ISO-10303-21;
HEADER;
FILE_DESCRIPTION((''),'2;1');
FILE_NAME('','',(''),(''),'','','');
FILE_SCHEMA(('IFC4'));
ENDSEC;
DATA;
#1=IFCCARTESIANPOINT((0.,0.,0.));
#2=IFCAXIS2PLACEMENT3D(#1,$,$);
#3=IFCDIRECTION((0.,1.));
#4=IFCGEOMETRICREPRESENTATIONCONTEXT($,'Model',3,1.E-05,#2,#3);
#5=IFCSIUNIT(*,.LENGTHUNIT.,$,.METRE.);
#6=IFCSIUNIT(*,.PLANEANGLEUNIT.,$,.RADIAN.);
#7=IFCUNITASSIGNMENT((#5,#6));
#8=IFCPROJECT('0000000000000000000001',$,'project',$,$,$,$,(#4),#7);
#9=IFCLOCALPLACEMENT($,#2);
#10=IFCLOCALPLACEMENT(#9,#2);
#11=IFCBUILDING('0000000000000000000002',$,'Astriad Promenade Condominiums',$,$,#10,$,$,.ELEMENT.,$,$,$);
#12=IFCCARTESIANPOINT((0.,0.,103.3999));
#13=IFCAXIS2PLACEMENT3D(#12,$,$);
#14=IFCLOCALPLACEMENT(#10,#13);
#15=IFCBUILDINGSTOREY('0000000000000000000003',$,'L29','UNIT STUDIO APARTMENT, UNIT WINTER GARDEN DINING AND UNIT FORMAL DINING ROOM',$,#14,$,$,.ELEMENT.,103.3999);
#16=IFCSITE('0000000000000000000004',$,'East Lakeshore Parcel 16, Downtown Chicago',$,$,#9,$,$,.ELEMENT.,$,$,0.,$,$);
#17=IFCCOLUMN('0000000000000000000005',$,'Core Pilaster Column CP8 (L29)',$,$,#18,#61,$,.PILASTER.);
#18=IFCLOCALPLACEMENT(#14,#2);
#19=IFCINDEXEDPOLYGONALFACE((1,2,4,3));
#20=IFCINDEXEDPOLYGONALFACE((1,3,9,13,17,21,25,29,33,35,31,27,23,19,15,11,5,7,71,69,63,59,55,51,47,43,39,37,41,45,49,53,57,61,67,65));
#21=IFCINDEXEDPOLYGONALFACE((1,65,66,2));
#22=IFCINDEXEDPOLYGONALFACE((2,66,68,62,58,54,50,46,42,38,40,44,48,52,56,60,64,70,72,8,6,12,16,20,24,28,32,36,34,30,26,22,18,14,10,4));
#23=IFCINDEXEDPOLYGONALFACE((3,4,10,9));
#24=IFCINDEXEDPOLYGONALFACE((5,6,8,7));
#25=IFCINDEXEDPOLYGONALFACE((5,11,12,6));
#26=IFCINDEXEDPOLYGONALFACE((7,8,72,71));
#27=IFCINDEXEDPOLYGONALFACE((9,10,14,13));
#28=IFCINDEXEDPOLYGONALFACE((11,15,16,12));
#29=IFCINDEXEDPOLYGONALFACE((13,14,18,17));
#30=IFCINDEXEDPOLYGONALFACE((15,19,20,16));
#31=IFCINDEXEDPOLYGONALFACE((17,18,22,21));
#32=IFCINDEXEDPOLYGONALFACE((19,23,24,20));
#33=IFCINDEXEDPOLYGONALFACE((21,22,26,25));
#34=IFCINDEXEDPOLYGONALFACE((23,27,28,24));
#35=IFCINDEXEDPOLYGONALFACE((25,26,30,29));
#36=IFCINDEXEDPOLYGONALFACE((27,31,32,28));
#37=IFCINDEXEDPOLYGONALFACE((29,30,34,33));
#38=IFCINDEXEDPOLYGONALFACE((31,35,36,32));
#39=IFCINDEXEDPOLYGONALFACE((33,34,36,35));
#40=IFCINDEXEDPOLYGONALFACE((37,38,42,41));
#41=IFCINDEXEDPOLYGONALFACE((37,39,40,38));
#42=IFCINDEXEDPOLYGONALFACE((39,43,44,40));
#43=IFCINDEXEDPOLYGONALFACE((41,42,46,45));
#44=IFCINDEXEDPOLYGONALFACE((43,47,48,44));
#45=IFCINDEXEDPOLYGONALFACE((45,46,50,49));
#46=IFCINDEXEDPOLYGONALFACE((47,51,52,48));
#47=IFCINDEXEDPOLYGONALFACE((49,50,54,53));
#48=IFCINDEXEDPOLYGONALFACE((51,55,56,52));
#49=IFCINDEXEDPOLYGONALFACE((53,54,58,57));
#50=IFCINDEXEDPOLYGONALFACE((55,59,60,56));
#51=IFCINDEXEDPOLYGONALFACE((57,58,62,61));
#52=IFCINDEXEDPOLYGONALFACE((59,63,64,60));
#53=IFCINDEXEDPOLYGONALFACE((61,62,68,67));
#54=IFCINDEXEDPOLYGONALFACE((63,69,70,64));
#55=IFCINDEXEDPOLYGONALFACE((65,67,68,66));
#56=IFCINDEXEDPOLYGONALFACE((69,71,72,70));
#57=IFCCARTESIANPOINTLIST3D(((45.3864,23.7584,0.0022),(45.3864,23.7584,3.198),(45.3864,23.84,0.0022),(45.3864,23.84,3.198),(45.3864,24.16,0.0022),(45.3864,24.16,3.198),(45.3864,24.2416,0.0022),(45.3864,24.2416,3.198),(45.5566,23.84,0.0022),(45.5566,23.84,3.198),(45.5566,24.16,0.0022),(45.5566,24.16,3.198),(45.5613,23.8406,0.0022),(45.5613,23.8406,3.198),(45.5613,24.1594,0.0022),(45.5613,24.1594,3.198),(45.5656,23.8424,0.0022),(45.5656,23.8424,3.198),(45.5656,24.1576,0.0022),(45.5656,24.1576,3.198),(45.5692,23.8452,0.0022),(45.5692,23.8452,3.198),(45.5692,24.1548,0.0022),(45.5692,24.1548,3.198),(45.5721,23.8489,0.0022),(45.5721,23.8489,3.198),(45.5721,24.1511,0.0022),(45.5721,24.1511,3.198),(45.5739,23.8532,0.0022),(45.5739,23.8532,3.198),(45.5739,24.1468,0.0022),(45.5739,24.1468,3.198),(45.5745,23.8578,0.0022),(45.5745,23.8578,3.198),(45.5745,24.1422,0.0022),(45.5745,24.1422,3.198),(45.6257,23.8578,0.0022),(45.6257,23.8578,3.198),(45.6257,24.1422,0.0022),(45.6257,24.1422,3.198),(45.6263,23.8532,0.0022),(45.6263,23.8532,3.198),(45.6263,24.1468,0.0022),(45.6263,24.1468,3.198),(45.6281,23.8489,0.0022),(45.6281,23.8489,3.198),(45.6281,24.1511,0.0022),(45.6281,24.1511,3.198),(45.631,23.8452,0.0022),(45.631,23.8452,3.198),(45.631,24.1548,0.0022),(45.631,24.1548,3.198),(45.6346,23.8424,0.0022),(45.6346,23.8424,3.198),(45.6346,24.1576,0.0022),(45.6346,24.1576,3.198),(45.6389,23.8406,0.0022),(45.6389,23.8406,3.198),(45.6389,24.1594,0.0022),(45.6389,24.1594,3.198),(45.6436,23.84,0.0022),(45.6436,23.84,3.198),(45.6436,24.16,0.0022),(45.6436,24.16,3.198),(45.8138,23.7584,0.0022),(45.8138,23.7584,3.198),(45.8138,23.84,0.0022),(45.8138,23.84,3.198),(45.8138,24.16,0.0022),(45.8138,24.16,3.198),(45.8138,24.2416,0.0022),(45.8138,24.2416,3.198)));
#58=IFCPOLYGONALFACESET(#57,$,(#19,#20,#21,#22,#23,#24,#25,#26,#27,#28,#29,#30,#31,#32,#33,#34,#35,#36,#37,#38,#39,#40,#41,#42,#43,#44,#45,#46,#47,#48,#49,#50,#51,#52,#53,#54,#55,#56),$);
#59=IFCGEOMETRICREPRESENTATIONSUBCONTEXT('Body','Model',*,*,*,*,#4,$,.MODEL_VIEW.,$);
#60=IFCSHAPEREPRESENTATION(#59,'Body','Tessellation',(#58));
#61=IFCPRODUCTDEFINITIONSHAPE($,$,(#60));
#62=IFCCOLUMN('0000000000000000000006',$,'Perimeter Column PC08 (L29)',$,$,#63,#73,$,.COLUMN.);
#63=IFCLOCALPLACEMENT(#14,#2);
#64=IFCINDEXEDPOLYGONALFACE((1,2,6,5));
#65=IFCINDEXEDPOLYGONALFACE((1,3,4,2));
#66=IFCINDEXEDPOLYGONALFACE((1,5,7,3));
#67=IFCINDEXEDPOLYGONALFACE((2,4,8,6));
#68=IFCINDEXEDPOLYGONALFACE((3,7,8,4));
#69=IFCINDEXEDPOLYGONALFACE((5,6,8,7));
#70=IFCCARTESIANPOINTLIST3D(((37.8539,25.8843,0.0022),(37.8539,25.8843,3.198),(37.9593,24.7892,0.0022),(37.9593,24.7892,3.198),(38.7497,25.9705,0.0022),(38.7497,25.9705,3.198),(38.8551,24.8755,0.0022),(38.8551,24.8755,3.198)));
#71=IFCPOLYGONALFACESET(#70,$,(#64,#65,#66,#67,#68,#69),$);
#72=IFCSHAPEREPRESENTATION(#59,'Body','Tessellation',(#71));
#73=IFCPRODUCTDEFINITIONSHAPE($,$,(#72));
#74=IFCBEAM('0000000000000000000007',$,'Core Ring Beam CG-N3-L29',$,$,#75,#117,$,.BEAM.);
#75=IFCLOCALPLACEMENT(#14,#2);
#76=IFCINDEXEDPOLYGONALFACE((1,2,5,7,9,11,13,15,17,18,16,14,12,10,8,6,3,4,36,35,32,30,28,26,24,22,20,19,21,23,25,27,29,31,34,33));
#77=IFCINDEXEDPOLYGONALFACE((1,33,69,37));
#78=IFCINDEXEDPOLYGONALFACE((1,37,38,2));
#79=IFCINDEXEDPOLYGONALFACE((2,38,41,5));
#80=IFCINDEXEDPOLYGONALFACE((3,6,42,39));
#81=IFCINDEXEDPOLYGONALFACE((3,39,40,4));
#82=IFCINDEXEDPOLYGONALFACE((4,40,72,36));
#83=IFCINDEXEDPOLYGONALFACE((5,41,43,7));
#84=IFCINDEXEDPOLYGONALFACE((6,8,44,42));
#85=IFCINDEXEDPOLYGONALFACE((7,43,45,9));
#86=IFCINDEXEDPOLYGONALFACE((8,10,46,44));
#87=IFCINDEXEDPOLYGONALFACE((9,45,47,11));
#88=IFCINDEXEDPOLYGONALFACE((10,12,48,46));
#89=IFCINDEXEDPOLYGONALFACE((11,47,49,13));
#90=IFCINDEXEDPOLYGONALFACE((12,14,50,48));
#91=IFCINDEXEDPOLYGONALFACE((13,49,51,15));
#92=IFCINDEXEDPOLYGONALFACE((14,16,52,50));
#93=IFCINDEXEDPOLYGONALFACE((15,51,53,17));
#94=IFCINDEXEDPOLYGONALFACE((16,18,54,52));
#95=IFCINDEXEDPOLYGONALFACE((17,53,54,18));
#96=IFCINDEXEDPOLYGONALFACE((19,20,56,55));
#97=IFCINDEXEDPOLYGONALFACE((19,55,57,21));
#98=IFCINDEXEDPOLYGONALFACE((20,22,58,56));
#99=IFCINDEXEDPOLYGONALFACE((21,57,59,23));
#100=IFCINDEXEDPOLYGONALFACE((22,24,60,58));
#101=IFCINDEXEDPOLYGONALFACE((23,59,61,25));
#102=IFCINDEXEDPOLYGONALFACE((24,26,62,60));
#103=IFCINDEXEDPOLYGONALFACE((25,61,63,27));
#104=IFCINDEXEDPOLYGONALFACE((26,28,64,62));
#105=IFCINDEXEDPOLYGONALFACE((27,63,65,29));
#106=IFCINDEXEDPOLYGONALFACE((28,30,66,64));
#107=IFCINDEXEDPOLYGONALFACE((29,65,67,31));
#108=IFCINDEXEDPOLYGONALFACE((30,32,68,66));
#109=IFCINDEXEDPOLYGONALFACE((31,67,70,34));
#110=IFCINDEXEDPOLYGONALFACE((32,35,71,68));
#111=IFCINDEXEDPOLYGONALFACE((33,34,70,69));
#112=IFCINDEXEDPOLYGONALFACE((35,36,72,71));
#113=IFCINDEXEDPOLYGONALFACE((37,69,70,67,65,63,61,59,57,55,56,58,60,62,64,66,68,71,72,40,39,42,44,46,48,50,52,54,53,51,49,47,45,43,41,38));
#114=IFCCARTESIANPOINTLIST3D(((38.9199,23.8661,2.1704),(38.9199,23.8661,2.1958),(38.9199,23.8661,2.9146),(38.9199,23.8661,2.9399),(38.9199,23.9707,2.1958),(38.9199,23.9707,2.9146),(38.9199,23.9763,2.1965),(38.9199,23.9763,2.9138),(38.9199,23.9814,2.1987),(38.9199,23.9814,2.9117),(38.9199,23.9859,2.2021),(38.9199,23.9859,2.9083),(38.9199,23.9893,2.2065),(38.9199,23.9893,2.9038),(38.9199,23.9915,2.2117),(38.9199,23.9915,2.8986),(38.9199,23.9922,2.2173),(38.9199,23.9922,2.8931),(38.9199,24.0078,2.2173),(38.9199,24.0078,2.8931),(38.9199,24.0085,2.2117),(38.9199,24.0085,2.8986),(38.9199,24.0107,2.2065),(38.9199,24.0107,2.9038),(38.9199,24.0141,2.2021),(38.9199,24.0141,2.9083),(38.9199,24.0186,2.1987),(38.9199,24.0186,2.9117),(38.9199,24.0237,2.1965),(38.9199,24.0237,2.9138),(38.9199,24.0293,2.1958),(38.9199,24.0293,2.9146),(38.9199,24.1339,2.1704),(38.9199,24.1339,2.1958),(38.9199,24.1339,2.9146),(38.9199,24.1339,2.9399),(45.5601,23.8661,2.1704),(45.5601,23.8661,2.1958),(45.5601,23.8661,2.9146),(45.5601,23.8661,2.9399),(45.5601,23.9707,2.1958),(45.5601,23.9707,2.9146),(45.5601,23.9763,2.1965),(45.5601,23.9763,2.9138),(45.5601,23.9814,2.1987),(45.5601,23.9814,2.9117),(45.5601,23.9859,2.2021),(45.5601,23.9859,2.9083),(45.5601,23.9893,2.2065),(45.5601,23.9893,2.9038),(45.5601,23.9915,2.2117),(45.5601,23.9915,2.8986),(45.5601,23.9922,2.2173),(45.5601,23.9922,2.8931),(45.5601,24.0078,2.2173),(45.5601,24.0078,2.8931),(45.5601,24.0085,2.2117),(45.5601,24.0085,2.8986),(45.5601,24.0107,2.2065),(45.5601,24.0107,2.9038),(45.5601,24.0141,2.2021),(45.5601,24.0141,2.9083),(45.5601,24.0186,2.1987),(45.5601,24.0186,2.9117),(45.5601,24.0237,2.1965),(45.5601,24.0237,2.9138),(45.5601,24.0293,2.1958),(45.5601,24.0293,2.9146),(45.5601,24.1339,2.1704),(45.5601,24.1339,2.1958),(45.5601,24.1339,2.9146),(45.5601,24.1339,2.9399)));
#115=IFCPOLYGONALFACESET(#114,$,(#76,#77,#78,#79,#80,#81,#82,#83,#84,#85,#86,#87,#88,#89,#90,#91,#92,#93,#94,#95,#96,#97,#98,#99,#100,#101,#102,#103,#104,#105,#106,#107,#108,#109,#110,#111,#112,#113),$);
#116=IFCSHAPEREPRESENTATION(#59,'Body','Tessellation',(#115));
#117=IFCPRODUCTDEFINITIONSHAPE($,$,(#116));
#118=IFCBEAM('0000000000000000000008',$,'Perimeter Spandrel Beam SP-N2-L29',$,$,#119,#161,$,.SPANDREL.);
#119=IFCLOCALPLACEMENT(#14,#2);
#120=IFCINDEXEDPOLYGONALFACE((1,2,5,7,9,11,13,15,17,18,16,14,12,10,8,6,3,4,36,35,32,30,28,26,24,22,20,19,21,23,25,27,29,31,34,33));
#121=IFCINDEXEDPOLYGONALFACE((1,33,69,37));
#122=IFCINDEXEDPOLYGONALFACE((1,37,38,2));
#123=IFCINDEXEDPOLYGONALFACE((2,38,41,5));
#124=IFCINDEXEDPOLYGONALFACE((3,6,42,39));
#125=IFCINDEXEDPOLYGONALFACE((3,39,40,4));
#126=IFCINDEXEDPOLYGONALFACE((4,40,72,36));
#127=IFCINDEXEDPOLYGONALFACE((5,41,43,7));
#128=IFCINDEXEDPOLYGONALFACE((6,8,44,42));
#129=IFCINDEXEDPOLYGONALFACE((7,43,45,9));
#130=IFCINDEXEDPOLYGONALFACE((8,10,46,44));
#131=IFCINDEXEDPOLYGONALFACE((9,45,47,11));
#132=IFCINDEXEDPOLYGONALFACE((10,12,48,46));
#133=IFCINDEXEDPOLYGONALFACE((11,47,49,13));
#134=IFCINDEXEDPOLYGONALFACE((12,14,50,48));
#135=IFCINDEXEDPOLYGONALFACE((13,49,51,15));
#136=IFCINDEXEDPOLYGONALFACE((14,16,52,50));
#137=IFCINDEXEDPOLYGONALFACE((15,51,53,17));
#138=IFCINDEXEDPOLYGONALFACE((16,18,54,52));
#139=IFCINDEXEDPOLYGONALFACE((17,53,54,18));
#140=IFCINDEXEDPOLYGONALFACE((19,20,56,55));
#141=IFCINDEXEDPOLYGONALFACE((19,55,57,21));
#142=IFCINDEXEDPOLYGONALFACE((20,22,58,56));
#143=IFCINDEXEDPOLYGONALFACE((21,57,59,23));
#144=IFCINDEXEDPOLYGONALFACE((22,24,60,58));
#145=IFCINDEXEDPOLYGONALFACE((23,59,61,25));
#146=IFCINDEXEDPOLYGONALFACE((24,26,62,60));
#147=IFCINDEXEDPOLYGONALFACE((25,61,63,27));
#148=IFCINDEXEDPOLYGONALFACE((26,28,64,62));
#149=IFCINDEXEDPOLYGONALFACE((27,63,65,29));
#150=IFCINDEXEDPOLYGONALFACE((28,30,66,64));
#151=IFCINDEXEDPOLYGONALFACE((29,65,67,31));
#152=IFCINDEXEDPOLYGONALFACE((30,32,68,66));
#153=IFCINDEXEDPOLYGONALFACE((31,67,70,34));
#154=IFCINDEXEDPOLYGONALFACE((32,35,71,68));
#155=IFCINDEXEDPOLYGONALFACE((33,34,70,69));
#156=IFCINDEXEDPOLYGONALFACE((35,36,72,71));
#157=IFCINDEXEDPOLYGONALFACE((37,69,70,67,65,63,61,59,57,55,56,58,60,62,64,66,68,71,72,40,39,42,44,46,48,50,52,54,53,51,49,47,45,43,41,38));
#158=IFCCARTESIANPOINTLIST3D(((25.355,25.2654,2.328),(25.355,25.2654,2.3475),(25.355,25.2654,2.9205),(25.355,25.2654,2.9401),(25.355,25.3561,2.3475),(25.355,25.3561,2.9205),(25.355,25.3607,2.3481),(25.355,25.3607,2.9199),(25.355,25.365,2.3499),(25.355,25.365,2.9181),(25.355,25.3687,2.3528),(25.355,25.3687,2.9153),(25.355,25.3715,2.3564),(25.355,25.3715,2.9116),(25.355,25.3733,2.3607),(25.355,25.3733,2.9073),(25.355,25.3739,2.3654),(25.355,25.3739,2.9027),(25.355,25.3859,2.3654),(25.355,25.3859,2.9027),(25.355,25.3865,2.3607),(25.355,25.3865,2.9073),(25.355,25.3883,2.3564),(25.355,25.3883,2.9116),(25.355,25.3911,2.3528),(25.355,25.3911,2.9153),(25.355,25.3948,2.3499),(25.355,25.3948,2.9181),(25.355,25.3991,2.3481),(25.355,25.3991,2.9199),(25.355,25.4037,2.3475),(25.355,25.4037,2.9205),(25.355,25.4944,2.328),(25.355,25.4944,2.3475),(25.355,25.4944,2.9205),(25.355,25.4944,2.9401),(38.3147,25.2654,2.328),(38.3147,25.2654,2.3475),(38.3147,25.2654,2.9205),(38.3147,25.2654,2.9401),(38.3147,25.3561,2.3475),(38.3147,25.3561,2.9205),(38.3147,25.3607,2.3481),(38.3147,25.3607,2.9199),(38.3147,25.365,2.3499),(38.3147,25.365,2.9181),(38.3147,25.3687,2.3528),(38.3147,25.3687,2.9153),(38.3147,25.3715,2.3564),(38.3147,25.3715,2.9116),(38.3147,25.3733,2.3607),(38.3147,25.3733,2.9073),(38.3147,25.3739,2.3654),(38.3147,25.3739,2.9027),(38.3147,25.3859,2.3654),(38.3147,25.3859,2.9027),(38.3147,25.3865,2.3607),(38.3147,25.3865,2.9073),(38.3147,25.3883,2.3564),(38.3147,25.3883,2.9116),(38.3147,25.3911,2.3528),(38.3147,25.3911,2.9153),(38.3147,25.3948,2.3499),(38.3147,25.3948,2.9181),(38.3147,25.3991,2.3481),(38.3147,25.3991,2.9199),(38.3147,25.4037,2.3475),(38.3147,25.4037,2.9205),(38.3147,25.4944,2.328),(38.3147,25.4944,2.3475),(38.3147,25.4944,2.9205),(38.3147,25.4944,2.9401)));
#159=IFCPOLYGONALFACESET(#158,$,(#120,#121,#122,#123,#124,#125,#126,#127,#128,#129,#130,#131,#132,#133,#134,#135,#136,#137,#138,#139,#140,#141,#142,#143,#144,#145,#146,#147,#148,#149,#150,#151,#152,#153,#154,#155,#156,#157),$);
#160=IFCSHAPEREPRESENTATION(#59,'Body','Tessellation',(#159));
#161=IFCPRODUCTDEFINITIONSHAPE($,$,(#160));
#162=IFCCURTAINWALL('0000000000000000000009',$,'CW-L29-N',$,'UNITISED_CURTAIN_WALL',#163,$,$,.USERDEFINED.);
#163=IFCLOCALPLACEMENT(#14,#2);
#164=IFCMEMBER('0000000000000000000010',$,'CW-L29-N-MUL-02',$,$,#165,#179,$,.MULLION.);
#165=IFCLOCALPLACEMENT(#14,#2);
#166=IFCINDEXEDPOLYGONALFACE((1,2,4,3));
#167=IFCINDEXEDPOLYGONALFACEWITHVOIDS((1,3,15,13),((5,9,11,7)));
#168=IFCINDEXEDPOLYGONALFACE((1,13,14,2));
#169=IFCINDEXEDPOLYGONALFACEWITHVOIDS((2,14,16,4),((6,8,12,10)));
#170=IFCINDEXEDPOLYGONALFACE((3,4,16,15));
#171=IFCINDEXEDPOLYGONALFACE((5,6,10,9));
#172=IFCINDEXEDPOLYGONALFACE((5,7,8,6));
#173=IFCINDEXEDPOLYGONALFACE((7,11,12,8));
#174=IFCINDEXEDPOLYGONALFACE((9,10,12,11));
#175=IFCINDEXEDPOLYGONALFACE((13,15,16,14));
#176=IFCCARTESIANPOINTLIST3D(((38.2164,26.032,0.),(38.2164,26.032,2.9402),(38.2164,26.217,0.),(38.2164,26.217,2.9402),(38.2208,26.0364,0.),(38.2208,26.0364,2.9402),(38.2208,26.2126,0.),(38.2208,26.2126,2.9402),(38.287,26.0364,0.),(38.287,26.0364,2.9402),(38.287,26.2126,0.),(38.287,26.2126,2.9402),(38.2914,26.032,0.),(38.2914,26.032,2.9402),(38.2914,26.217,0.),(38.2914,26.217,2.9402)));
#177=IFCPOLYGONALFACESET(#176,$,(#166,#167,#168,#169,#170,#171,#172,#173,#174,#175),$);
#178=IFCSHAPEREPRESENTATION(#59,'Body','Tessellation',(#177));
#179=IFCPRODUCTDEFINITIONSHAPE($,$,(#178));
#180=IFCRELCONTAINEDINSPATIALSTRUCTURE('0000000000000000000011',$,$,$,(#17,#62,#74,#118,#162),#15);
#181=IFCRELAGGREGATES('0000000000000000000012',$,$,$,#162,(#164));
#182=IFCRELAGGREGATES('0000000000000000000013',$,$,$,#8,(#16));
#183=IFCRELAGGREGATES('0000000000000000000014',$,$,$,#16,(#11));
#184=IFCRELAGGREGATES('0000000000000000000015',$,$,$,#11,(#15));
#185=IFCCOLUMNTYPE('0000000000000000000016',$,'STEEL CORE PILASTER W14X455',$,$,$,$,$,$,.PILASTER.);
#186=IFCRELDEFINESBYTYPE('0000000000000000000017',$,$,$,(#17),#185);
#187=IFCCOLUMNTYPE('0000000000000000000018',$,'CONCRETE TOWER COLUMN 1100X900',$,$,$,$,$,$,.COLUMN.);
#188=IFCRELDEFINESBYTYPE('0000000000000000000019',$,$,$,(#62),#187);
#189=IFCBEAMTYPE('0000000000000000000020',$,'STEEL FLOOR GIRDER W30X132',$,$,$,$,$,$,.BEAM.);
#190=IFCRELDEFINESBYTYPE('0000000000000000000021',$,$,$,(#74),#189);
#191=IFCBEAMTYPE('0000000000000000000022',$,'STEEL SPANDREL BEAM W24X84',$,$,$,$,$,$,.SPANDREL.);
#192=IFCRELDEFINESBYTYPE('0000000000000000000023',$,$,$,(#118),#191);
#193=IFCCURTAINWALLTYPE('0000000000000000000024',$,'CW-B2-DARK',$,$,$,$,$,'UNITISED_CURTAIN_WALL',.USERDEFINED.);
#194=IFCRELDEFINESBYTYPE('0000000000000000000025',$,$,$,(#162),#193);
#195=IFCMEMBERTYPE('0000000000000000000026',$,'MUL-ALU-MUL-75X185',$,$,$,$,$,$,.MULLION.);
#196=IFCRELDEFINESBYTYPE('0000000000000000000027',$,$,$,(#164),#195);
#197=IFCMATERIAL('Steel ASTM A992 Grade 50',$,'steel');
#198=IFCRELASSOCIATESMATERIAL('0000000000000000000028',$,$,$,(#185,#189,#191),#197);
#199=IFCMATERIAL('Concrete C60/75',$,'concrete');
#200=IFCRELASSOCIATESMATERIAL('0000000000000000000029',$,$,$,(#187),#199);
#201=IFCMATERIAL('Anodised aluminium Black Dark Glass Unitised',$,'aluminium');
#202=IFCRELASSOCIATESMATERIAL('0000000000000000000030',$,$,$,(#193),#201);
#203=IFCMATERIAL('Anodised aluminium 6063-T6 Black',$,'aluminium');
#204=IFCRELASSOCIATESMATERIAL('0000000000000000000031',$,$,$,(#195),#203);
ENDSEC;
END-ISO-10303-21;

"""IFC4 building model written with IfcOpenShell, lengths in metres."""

from ifc_helpers import new_model, si_unit, direction, frame, origin, origin_2d, place, context, subcontext, project, spatial, rectangle, hollow_rectangle, i_section, extrude, source, transform, mapped, material, material_profile, profile_set, type_object, type_shapes, element, aggregate, save


model = new_model("IFC4")

# Units and contexts
model_context = context("Model", 3, precision=1e-05, world=origin(), true_north=direction((0.0, 1.0)))
body_context = subcontext(model_context, "Body", "Model", "MODEL_VIEW")
ifc_project = project(units=[si_unit("LENGTHUNIT", "METRE"), si_unit("PLANEANGLEUNIT", "RADIAN")], contexts=[model_context])

# Site, building, storey
site_placement = place(None, origin())
site = spatial("IfcSite", under=ifc_project, at=site_placement, Name="East Lakeshore Parcel 16, Downtown Chicago", CompositionType="ELEMENT", RefElevation=0.0)
building_placement = place(site_placement, origin())
building = spatial("IfcBuilding", under=site, at=building_placement, Name="Astriad Promenade Condominiums", CompositionType="ELEMENT")
storey_placement = place(building_placement, frame((0.0, 0.0, 103.3999)))
storey = spatial("IfcBuildingStorey", under=building, at=storey_placement, Name="L29", Description="UNIT STUDIO APARTMENT, UNIT WINTER GARDEN DINING AND UNIT FORMAL DINING ROOM", CompositionType="ELEMENT", Elevation=103.3999)

# Columns
ifc_material_1 = material(Name="Steel ASTM A992 Grade 50", Category="steel")
ifc_material_profile_1 = material_profile(ifc_material_1, i_section(OverallWidth=0.4275, OverallDepth=0.4832, WebThickness=0.0513, FlangeThickness=0.0815, FilletRadius=0.0178, at=origin_2d()), Name="W14X455")
ifc_profile_set_1 = profile_set([ifc_material_profile_1], Name="Steel ASTM A992 Grade 50")
column_type_1 = type_object("IfcColumnType", Name="STEEL CORE PILASTER W14X455", PredefinedType="PILASTER", material=ifc_profile_set_1)
shared_shape_1 = source(origin(), body_context, "Body", "SweptSolid", [
    extrude(i_section(OverallWidth=0.4275, OverallDepth=0.4832, WebThickness=0.0513, FlangeThickness=0.0815, FilletRadius=0.0178, at=origin_2d()), origin(), (0.0, 0.0, 1.0), 3.1958),
])
type_shapes(column_type_1, [shared_shape_1])
column_1_placement = place(storey_placement, frame((45.6001, 24.0, 0.0022), z_axis=(0.0, 0.0, 1.0), x_axis=(1.0, 0.0, 0.0)))
element("IfcColumn", 1, at=column_1_placement, inside=storey, type_object=column_type_1, Name="Core Pilaster Column CP8 (L29)", PredefinedType="PILASTER", context=body_context, shape_type="MappedRepresentation", body=[
    mapped(shared_shape_1, transform((0.0, 0.0, 0.0), scale=1.0)),
])
ifc_material_2 = material(Name="Concrete C60/75", Category="concrete")
ifc_material_profile_2 = material_profile(ifc_material_2, rectangle(XDim=0.8999, YDim=1.1001, at=origin_2d()), Name="RC-COL-1100X900")
ifc_profile_set_2 = profile_set([ifc_material_profile_2], Name="Concrete C60/75")
column_type_2 = type_object("IfcColumnType", Name="CONCRETE TOWER COLUMN 1100X900", PredefinedType="COLUMN", material=ifc_profile_set_2)
shared_shape_2 = source(origin(), body_context, "Body", "SweptSolid", [
    extrude(rectangle(XDim=0.8999, YDim=1.1001, at=origin_2d()), origin(), (0.0, 0.0, 1.0), 3.1958),
])
type_shapes(column_type_2, [shared_shape_2])
column_2_placement = place(storey_placement, frame((38.3545, 25.3799, 0.0022), z_axis=(0.0, 0.0, 1.0), x_axis=(0.995396, 0.095846, 0.0)))
element("IfcColumn", 2, at=column_2_placement, inside=storey, type_object=column_type_2, Name="Perimeter Column PC08 (L29)", PredefinedType="COLUMN", context=body_context, shape_type="MappedRepresentation", body=[
    mapped(shared_shape_2, transform((0.0, 0.0, 0.0), scale=1.0)),
])

# Beams
ifc_material_profile_3 = material_profile(ifc_material_1, i_section(OverallWidth=0.2678, OverallDepth=0.7695, WebThickness=0.0156, FlangeThickness=0.0254, FilletRadius=0.0215, at=origin_2d()), Name="W30X132")
ifc_profile_set_3 = profile_set([ifc_material_profile_3], Name="Steel ASTM A992 Grade 50")
beam_type_1 = type_object("IfcBeamType", Name="STEEL FLOOR GIRDER W30X132", PredefinedType="BEAM", material=ifc_profile_set_3)
shared_shape_3 = source(origin(), body_context, "Body", "SweptSolid", [
    extrude(i_section(OverallWidth=0.2678, OverallDepth=0.7695, WebThickness=0.0156, FlangeThickness=0.0254, FilletRadius=0.0215, at=origin_2d()), origin(), (0.0, 0.0, 1.0), 6.6401),
])
type_shapes(beam_type_1, [shared_shape_3])
beam_1_placement = place(storey_placement, frame((38.9199, 24.0, 2.5552), z_axis=(1.0, 0.0, 0.0), x_axis=(0.0, 1.0, 0.0)))
element("IfcBeam", 3, at=beam_1_placement, inside=storey, type_object=beam_type_1, Name="Core Ring Beam CG-N3-L29", PredefinedType="BEAM", context=body_context, shape_type="MappedRepresentation", body=[
    mapped(shared_shape_3, transform((0.0, 0.0, 0.0), scale=1.0)),
])
ifc_material_profile_4 = material_profile(ifc_material_1, i_section(OverallWidth=0.229, OverallDepth=0.6121, WebThickness=0.012, FlangeThickness=0.0195, FilletRadius=0.0178, at=origin_2d()), Name="W24X84")
ifc_profile_set_4 = profile_set([ifc_material_profile_4], Name="Steel ASTM A992 Grade 50")
beam_type_2 = type_object("IfcBeamType", Name="STEEL SPANDREL BEAM W24X84", PredefinedType="SPANDREL", material=ifc_profile_set_4)
shared_shape_4 = source(origin(), body_context, "Body", "SweptSolid", [
    extrude(i_section(OverallWidth=0.229, OverallDepth=0.6121, WebThickness=0.012, FlangeThickness=0.0195, FilletRadius=0.0178, at=origin_2d()), origin(), (0.0, 0.0, 1.0), 12.9597),
])
type_shapes(beam_type_2, [shared_shape_4])
beam_2_placement = place(storey_placement, frame((38.3147, 25.3799, 2.634), z_axis=(-1.0, 0.0, 0.0), x_axis=(0.0, -1.0, 0.0)))
element("IfcBeam", 4, at=beam_2_placement, inside=storey, type_object=beam_type_2, Name="Perimeter Spandrel Beam SP-N2-L29", PredefinedType="SPANDREL", context=body_context, shape_type="MappedRepresentation", body=[
    mapped(shared_shape_4, transform((0.0, 0.0, 0.0), scale=1.0)),
])

# Curtain wall, member
ifc_material_3 = material(Name="Anodised aluminium Black Dark Glass Unitised", Category="aluminium")
curtain_wall_type = type_object("IfcCurtainWallType", Name="CW-B2-DARK", ElementType="UNITISED_CURTAIN_WALL", PredefinedType="USERDEFINED", material=ifc_material_3)
curtain_wall_placement = place(storey_placement, origin())
curtain_wall = element("IfcCurtainWall", 5, at=curtain_wall_placement, inside=storey, type_object=curtain_wall_type, Name="CW-L29-N", ObjectType="UNITISED_CURTAIN_WALL", PredefinedType="USERDEFINED")
ifc_material_4 = material(Name="Anodised aluminium 6063-T6 Black", Category="aluminium")
ifc_material_profile_5 = material_profile(ifc_material_4, hollow_rectangle(XDim=0.075, YDim=0.1851, WallThickness=0.0044, at=origin_2d()), Name="ALU-MUL-75X185")
ifc_profile_set_5 = profile_set([ifc_material_profile_5], Name="Anodised aluminium 6063-T6 Black")
member_type_1 = type_object("IfcMemberType", Name="MUL-ALU-MUL-75X185", PredefinedType="MULLION", material=ifc_profile_set_5)
shared_shape_5 = source(origin(), body_context, "Body", "SweptSolid", [
    extrude(hollow_rectangle(XDim=0.075, YDim=0.1851, WallThickness=0.0044, at=origin_2d()), origin(), (0.0, 0.0, 1.0), 2.9402),
])
type_shapes(member_type_1, [shared_shape_5])
member_1_placement = place(storey_placement, frame((38.2539, 26.1245, 0.0), z_axis=(0.0, 0.0, 1.0), x_axis=(1.0, 0.0, 0.0)))
member_1 = element("IfcMember", 6, at=member_1_placement, type_object=member_type_1, Name="CW-L29-N-MUL-02", PredefinedType="MULLION", context=body_context, shape_type="MappedRepresentation", body=[
    mapped(shared_shape_5, transform((0.0, 0.0, 0.0), scale=1.0)),
])
aggregate(curtain_wall, [member_1])

save(model, "model.ifc")
